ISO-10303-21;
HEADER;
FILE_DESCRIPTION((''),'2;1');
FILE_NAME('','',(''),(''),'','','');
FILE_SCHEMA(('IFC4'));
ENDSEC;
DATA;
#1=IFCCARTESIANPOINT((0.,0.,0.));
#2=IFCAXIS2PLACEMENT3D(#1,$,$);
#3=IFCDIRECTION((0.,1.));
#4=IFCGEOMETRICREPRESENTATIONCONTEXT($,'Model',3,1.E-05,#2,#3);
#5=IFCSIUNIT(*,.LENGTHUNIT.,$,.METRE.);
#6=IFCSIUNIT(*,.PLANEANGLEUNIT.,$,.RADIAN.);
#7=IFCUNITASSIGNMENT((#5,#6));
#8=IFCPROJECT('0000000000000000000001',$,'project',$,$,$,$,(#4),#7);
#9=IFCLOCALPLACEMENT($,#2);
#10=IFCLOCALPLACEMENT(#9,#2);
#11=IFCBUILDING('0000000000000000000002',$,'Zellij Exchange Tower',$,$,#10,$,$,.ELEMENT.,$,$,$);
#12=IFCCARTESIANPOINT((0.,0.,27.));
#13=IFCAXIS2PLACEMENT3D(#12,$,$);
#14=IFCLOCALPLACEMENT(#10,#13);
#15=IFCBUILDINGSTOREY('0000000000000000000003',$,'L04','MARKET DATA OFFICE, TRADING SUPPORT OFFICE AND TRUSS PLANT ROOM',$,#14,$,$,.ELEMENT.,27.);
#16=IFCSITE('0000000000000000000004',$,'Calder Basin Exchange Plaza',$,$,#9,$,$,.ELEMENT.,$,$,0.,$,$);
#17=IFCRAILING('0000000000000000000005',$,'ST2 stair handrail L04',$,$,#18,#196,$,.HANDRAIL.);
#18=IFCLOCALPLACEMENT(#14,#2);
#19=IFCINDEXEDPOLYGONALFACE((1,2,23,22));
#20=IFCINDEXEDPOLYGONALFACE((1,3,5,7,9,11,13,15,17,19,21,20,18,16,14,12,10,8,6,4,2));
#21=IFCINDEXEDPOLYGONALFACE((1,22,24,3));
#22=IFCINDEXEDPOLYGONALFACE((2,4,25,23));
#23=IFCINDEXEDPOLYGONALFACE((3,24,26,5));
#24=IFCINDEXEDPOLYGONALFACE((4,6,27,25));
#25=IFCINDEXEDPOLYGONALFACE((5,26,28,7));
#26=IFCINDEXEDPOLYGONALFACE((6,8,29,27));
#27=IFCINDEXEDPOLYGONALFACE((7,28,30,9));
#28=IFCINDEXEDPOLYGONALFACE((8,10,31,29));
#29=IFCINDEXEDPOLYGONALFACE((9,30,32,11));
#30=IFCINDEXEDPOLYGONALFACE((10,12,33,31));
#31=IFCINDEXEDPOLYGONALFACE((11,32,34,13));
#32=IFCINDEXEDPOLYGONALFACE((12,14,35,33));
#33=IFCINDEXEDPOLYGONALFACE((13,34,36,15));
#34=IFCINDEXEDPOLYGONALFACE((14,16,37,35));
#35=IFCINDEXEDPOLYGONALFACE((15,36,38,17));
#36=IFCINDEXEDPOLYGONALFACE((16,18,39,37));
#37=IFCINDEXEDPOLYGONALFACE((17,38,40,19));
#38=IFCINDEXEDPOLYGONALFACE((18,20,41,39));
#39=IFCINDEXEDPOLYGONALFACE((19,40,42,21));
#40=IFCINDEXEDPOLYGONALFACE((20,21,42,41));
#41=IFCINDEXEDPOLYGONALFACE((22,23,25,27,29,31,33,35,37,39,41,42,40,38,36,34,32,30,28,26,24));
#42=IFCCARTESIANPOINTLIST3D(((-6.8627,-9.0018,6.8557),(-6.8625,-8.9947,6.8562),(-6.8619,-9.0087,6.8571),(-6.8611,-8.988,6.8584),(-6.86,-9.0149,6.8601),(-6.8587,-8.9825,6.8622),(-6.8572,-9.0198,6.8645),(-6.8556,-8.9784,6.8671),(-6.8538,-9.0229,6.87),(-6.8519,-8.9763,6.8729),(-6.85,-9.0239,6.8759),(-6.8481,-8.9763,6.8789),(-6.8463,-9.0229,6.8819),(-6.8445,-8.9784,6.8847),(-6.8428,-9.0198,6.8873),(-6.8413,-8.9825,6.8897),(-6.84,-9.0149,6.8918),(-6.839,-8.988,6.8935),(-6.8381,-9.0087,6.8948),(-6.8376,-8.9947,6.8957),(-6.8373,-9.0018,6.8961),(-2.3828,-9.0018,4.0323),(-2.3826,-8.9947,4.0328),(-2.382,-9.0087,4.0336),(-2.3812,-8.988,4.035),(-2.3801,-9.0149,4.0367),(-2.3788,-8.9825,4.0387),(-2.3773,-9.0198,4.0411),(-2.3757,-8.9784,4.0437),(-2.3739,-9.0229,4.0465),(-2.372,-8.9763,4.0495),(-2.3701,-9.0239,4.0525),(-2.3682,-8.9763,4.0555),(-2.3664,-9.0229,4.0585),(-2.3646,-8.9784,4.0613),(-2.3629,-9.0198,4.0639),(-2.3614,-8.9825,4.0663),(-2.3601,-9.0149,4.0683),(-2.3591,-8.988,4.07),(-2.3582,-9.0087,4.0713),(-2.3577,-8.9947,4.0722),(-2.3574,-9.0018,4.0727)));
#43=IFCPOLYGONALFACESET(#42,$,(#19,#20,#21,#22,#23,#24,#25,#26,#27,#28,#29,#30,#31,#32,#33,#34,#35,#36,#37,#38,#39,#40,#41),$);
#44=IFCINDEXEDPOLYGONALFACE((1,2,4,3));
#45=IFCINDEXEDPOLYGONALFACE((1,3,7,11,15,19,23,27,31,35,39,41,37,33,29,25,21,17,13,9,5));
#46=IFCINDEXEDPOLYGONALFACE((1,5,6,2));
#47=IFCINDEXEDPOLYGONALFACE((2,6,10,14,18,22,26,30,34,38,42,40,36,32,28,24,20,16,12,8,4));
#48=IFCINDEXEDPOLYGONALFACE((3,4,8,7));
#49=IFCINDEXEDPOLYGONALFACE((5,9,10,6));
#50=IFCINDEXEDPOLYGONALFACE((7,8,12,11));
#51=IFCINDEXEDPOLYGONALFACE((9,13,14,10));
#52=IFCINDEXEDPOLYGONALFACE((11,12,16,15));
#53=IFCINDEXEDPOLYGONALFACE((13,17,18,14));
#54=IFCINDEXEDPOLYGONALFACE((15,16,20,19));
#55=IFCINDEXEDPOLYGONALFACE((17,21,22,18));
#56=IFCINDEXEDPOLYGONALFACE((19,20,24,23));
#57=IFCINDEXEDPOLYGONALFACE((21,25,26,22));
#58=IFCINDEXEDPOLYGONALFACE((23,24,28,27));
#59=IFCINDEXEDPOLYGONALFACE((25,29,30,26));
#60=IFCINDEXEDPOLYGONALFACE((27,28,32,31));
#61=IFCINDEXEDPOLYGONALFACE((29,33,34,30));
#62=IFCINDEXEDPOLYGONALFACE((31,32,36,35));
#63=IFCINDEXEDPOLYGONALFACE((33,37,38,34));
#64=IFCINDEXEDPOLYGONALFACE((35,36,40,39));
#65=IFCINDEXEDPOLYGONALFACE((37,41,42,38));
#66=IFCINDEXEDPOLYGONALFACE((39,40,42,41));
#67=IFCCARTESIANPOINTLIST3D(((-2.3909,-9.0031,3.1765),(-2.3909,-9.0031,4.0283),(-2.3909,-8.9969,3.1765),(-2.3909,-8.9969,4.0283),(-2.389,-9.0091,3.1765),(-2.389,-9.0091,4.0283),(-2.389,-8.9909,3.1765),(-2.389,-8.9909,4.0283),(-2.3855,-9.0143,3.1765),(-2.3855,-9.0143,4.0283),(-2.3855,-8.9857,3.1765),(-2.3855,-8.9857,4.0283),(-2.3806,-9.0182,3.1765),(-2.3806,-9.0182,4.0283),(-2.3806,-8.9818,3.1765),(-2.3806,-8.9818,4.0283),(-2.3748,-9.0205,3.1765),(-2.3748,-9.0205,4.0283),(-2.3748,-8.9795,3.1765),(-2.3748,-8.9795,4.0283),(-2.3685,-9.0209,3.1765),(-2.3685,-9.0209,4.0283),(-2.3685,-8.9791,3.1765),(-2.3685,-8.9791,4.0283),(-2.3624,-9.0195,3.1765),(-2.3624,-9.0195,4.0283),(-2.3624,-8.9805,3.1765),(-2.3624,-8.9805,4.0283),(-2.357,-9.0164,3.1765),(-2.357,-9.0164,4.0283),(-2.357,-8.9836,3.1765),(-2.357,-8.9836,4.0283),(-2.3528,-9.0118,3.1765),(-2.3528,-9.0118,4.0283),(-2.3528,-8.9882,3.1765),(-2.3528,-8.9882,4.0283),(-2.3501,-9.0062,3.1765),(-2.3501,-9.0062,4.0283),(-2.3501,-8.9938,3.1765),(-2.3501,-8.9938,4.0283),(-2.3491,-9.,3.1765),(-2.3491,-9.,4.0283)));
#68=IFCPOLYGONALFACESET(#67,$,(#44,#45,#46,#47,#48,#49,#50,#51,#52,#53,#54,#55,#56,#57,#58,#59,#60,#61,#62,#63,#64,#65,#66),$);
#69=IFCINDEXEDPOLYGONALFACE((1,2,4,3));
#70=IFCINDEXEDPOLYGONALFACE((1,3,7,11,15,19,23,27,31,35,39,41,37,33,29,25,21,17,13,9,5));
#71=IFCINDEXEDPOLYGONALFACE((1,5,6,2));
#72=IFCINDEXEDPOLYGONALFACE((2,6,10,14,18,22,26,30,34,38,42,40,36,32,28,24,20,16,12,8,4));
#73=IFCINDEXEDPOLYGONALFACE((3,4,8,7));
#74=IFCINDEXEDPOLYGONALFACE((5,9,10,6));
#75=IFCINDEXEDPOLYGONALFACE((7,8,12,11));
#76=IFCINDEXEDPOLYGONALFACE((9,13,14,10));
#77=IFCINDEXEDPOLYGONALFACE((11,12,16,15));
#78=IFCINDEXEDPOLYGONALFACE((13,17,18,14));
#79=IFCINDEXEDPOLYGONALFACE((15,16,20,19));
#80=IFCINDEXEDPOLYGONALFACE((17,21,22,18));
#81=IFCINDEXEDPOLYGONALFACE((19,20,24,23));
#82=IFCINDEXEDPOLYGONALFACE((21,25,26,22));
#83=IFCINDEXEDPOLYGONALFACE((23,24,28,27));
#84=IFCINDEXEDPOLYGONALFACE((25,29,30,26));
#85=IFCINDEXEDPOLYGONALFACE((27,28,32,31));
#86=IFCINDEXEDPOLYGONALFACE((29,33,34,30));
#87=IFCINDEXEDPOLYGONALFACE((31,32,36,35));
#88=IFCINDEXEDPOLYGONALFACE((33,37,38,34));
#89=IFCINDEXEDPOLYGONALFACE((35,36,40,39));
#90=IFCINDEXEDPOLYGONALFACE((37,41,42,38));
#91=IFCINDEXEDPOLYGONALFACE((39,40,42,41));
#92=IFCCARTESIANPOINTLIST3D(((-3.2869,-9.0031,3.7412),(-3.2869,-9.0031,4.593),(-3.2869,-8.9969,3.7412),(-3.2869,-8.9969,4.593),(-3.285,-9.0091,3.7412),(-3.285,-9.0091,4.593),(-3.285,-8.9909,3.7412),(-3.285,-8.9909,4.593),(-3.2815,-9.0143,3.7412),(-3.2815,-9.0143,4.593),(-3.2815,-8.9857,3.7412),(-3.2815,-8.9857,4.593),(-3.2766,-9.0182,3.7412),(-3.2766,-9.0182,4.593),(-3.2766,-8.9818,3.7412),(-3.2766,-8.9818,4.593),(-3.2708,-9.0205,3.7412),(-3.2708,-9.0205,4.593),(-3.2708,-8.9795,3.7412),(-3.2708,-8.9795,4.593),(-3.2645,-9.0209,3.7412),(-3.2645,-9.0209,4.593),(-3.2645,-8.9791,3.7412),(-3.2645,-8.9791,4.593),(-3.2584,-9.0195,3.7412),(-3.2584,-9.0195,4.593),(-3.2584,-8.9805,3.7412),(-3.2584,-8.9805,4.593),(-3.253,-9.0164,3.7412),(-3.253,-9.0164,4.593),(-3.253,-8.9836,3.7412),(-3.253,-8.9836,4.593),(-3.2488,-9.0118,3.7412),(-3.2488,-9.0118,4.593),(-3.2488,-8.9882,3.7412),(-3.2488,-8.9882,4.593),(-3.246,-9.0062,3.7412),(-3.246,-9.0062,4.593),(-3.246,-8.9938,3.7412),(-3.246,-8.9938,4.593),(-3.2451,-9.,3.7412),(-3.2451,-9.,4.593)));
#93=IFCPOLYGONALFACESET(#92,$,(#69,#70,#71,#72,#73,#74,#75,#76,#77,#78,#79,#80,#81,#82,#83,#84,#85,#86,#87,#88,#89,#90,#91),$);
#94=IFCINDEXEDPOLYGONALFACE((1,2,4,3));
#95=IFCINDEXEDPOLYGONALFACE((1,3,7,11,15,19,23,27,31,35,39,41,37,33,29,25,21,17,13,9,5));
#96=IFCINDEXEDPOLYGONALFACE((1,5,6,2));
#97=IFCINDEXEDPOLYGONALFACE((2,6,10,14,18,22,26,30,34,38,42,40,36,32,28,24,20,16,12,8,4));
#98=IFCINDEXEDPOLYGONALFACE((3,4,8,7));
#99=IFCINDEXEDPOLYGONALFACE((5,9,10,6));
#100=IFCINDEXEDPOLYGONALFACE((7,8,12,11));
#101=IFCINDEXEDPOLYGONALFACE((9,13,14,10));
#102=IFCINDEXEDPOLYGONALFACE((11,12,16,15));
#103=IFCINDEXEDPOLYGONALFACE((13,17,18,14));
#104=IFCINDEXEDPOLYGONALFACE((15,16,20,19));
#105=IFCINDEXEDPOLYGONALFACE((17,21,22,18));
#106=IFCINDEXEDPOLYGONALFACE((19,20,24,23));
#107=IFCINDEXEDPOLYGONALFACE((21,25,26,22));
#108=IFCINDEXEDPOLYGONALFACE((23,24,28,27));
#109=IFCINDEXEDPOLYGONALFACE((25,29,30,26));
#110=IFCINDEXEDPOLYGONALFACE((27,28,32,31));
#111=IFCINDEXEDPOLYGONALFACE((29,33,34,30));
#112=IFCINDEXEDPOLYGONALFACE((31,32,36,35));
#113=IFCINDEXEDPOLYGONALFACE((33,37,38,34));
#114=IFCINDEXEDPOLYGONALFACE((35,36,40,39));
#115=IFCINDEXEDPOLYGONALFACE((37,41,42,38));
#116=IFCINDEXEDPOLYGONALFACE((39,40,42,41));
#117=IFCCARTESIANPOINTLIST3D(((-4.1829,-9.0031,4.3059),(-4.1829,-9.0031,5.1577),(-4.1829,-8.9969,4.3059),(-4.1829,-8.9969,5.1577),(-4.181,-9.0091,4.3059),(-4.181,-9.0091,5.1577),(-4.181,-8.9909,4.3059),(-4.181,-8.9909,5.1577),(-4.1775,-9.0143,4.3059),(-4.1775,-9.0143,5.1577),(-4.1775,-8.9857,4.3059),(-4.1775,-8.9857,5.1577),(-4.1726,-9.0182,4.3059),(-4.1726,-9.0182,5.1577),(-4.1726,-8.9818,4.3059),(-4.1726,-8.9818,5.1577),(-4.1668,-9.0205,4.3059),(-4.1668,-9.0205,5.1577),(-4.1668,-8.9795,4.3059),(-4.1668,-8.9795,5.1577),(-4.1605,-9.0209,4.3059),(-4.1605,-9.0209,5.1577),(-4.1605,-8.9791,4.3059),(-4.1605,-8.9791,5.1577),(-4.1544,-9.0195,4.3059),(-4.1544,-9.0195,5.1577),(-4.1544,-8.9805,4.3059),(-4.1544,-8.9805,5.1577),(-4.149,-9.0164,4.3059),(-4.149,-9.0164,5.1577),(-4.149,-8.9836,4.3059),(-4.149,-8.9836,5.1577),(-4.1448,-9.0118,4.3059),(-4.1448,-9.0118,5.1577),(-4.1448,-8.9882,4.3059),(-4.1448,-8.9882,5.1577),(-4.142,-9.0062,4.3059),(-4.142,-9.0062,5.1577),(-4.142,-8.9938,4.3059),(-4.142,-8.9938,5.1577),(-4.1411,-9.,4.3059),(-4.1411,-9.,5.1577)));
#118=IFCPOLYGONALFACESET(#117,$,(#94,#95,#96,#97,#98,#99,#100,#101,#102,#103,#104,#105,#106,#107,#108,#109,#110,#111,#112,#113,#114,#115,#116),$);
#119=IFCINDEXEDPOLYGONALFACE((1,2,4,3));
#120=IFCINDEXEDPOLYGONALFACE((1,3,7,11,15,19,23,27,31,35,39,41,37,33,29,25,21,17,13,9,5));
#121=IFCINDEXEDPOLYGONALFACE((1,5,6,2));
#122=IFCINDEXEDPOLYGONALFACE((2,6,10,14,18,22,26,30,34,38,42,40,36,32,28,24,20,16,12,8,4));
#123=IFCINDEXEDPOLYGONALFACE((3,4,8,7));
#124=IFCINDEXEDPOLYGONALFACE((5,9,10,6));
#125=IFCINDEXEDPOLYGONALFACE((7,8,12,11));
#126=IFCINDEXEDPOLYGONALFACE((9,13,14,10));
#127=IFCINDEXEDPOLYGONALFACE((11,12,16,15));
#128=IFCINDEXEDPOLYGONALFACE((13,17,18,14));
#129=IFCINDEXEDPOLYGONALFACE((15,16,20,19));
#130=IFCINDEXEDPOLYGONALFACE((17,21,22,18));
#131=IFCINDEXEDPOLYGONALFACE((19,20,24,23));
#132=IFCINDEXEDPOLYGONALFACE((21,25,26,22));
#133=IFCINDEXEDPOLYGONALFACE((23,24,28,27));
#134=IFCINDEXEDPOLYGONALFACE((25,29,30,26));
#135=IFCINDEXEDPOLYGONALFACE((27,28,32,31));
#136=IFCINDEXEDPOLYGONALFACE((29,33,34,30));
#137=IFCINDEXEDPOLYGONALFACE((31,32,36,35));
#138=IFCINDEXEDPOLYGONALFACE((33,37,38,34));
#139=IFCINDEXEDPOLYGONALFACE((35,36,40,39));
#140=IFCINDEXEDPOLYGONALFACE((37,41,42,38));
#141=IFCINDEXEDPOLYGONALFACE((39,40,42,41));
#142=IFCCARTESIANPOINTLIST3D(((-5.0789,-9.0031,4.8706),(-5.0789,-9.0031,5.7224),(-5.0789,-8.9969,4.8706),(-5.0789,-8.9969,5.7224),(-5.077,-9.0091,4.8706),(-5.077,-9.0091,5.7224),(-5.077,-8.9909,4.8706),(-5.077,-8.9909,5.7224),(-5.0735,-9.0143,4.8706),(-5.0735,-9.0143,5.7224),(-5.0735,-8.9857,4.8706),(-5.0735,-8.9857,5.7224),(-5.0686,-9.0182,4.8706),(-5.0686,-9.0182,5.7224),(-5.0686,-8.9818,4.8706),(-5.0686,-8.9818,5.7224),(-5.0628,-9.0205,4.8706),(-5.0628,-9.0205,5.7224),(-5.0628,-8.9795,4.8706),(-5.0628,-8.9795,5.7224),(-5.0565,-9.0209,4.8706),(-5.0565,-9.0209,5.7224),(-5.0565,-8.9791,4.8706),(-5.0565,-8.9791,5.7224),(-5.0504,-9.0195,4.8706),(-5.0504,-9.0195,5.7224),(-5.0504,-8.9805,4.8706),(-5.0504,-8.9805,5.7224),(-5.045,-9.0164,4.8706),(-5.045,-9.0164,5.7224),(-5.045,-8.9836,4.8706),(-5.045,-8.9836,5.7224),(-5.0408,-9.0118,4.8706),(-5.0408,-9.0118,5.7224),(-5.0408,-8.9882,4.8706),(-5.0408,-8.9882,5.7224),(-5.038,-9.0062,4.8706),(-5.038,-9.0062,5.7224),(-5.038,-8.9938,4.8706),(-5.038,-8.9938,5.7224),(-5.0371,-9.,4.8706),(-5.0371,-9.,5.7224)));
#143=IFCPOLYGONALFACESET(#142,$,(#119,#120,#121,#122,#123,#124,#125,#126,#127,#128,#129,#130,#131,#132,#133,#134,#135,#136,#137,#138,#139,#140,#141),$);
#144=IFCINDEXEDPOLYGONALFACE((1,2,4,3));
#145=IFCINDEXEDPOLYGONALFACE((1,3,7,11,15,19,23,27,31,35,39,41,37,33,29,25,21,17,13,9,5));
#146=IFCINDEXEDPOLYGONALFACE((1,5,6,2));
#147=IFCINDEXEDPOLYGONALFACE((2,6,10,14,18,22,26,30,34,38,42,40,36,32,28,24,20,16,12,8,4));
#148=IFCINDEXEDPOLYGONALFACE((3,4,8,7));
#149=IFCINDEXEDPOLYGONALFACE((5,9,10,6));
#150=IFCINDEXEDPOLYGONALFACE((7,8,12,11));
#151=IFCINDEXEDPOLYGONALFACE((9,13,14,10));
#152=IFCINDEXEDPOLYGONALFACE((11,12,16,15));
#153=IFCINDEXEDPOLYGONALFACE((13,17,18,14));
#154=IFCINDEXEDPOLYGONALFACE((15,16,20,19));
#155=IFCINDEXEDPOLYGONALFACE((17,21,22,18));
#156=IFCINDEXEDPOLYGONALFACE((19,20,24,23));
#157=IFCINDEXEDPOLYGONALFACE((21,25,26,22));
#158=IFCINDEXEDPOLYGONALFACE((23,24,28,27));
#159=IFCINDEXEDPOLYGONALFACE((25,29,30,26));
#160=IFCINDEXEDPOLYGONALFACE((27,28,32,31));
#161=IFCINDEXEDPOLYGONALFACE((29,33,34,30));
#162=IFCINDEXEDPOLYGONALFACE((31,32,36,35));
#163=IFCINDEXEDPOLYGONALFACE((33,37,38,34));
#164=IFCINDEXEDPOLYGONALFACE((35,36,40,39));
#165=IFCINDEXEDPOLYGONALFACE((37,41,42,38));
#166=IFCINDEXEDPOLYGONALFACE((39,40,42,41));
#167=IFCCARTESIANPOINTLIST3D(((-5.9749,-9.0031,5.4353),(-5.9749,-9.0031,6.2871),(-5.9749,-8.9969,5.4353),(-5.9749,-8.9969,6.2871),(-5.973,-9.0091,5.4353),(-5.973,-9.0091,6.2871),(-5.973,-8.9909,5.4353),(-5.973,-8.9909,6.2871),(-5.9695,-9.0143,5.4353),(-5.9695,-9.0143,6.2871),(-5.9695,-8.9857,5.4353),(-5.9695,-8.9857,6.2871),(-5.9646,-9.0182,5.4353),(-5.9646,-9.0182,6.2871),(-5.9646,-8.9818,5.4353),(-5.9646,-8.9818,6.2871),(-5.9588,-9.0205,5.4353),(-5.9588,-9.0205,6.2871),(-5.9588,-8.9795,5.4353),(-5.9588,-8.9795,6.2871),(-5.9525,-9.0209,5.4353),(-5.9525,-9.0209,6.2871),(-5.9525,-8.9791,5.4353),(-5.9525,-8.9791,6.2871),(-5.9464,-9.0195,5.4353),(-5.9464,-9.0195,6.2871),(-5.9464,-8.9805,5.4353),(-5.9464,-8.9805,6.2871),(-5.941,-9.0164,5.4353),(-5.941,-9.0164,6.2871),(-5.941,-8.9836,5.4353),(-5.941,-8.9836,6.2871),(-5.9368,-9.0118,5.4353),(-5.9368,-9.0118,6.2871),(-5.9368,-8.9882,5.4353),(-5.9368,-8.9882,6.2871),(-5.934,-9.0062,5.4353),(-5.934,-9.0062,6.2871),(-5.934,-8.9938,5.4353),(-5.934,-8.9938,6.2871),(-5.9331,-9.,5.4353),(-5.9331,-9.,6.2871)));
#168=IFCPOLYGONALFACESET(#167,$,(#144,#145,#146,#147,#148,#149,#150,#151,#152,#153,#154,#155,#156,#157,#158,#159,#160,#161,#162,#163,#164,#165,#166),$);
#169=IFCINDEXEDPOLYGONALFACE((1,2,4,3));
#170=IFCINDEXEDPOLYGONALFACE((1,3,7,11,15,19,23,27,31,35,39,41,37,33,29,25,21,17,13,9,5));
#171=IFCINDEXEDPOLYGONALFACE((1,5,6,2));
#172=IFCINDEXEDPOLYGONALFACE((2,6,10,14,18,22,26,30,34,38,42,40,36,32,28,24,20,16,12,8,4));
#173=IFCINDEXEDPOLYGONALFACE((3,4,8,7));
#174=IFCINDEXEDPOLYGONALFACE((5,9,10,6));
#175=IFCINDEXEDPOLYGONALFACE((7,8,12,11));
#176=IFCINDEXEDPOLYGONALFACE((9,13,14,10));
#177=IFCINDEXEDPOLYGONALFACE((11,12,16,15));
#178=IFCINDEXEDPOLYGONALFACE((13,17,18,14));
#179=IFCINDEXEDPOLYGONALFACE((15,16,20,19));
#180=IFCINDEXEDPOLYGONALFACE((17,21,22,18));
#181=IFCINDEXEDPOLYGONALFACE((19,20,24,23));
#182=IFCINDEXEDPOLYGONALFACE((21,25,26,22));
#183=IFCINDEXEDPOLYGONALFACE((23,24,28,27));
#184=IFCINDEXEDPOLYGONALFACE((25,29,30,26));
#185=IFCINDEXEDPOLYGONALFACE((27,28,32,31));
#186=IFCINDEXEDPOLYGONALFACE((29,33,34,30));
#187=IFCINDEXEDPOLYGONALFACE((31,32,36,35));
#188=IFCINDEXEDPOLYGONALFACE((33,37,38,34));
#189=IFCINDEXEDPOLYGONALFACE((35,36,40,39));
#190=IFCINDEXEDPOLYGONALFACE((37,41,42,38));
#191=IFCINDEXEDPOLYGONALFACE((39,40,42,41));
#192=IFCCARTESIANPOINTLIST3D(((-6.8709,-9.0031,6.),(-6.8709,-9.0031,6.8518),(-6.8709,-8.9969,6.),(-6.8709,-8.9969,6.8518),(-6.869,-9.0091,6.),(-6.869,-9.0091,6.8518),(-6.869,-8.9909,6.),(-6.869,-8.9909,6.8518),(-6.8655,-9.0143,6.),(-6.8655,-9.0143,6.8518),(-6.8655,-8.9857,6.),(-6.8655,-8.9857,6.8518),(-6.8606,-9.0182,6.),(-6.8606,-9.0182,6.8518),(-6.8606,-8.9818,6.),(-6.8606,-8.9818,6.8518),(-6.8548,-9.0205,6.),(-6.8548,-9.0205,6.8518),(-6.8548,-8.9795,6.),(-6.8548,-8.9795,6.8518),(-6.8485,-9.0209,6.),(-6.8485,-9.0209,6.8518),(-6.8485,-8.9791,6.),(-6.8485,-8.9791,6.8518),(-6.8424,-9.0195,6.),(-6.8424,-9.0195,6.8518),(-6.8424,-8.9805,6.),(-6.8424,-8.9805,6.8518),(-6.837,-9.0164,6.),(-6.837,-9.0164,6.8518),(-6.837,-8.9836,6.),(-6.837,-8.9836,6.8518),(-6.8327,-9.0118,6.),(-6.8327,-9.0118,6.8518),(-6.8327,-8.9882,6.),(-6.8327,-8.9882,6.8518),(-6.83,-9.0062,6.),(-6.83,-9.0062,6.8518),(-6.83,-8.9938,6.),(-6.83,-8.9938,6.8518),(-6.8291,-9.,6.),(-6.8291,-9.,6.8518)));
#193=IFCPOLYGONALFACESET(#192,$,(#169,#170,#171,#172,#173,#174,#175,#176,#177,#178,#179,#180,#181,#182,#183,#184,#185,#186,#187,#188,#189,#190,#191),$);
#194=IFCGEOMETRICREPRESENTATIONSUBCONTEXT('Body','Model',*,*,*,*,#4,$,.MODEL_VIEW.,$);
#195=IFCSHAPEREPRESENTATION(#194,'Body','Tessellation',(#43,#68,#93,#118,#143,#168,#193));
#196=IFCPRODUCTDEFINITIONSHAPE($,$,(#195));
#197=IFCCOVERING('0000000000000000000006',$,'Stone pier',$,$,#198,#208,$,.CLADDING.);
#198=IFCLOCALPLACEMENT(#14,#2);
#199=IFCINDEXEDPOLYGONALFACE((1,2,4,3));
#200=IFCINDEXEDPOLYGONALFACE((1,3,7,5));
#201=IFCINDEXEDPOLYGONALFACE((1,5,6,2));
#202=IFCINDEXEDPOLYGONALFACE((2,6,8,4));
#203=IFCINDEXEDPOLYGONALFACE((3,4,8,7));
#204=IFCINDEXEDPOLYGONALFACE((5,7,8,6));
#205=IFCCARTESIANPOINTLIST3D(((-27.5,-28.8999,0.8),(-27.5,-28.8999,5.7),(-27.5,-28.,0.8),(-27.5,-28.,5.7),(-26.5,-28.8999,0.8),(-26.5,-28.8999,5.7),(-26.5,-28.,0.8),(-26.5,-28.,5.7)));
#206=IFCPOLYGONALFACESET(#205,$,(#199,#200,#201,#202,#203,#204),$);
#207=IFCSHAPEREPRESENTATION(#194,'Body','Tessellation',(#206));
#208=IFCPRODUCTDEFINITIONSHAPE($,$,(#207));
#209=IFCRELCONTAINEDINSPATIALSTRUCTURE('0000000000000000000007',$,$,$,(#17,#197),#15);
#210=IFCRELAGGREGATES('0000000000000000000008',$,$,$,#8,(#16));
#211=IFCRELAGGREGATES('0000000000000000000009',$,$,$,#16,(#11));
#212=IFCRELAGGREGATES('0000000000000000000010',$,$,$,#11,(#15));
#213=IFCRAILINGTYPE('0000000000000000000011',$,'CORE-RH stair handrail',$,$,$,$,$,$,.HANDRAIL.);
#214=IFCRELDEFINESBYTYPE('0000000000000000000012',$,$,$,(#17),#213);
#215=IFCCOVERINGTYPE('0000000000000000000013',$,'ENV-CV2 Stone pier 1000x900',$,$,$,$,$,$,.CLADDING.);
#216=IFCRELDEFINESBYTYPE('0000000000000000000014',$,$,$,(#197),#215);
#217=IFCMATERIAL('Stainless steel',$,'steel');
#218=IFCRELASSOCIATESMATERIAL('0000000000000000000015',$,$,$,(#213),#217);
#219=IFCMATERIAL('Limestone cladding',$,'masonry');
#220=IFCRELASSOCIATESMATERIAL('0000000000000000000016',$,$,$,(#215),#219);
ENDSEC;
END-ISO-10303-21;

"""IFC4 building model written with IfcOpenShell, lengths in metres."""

from ifc_helpers import new_model, si_unit, direction, frame, origin, origin_2d, place, context, subcontext, project, spatial, polyline, circle, outline, extrude, material, type_object, element, save


model = new_model("IFC4")

# Units and contexts
model_context = context("Model", 3, precision=1e-05, world=origin(), true_north=direction((0.0, 1.0)))
body_context = subcontext(model_context, "Body", "Model", "MODEL_VIEW")
ifc_project = project(units=[si_unit("LENGTHUNIT", "METRE"), si_unit("PLANEANGLEUNIT", "RADIAN")], contexts=[model_context])

# Site, building, storey
site_placement = place(None, origin())
site = spatial("IfcSite", under=ifc_project, at=site_placement, Name="Calder Basin Exchange Plaza", CompositionType="ELEMENT", RefElevation=0.0)
building_placement = place(site_placement, origin())
building = spatial("IfcBuilding", under=site, at=building_placement, Name="Zellij Exchange Tower", CompositionType="ELEMENT")
storey_placement = place(building_placement, frame((0.0, 0.0, 27.0)))
storey = spatial("IfcBuildingStorey", under=building, at=storey_placement, Name="L04", Description="MARKET DATA OFFICE, TRADING SUPPORT OFFICE AND TRUSS PLANT ROOM", CompositionType="ELEMENT", Elevation=27.0)

# Railing
ifc_material_1 = material(Name="Stainless steel", Category="steel")
railing_type = type_object("IfcRailingType", Name="CORE-RH stair handrail", PredefinedType="HANDRAIL", material=ifc_material_1)
railing_placement = place(storey_placement, frame((-2.3701, -9.0, 3.1765)))
element("IfcRailing", 1, at=railing_placement, inside=storey, type_object=railing_type, Name="ST2 stair handrail L04", PredefinedType="HANDRAIL", context=body_context, shape_type="SweptSolid", body=[
    extrude(circle(Radius=0.0239, at=origin_2d()), frame((0.0, 0.0, 0.876), z_axis=(-0.845998, 0.0, 0.533186), x_axis=(0.0, -1.0, 0.0)), (0.0, 0.0, 1.0), 5.2954),
    extrude(circle(Radius=0.021, at=origin_2d()), origin(), (0.0, 0.0, 1.0), 0.8518),
    extrude(circle(Radius=0.021, at=origin_2d()), frame((-0.896, 0.0, 0.5647)), (0.0, 0.0, 1.0), 0.8518),
    extrude(circle(Radius=0.021, at=origin_2d()), frame((-1.792, 0.0, 1.1294)), (0.0, 0.0, 1.0), 0.8518),
    extrude(circle(Radius=0.021, at=origin_2d()), frame((-2.688, 0.0, 1.6941)), (0.0, 0.0, 1.0), 0.8518),
    extrude(circle(Radius=0.021, at=origin_2d()), frame((-3.584, 0.0, 2.2588)), (0.0, 0.0, 1.0), 0.8518),
    extrude(circle(Radius=0.021, at=origin_2d()), frame((-4.48, 0.0, 2.8235)), (0.0, 0.0, 1.0), 0.8518),
])

# Covering
ifc_material_2 = material(Name="Limestone cladding", Category="masonry")
covering_type = type_object("IfcCoveringType", Name="ENV-CV2 Stone pier 1000x900", PredefinedType="CLADDING", material=ifc_material_2)
covering_1_placement = place(storey_placement, frame((0.0, 0.0, 0.8)))
element("IfcCovering", 2, at=covering_1_placement, inside=storey, type_object=covering_type, Name="Stone pier", PredefinedType="CLADDING", context=body_context, shape_type="SweptSolid", body=[
    extrude(outline(polyline([(-27.5, -28.0), (-26.5, -28.0), (-26.5, -28.8999), (-27.5, -28.8999), (-27.5, -28.0)])), origin(), (0.0, 0.0, 1.0), 4.8999),
])

save(model, "model.ifc")
